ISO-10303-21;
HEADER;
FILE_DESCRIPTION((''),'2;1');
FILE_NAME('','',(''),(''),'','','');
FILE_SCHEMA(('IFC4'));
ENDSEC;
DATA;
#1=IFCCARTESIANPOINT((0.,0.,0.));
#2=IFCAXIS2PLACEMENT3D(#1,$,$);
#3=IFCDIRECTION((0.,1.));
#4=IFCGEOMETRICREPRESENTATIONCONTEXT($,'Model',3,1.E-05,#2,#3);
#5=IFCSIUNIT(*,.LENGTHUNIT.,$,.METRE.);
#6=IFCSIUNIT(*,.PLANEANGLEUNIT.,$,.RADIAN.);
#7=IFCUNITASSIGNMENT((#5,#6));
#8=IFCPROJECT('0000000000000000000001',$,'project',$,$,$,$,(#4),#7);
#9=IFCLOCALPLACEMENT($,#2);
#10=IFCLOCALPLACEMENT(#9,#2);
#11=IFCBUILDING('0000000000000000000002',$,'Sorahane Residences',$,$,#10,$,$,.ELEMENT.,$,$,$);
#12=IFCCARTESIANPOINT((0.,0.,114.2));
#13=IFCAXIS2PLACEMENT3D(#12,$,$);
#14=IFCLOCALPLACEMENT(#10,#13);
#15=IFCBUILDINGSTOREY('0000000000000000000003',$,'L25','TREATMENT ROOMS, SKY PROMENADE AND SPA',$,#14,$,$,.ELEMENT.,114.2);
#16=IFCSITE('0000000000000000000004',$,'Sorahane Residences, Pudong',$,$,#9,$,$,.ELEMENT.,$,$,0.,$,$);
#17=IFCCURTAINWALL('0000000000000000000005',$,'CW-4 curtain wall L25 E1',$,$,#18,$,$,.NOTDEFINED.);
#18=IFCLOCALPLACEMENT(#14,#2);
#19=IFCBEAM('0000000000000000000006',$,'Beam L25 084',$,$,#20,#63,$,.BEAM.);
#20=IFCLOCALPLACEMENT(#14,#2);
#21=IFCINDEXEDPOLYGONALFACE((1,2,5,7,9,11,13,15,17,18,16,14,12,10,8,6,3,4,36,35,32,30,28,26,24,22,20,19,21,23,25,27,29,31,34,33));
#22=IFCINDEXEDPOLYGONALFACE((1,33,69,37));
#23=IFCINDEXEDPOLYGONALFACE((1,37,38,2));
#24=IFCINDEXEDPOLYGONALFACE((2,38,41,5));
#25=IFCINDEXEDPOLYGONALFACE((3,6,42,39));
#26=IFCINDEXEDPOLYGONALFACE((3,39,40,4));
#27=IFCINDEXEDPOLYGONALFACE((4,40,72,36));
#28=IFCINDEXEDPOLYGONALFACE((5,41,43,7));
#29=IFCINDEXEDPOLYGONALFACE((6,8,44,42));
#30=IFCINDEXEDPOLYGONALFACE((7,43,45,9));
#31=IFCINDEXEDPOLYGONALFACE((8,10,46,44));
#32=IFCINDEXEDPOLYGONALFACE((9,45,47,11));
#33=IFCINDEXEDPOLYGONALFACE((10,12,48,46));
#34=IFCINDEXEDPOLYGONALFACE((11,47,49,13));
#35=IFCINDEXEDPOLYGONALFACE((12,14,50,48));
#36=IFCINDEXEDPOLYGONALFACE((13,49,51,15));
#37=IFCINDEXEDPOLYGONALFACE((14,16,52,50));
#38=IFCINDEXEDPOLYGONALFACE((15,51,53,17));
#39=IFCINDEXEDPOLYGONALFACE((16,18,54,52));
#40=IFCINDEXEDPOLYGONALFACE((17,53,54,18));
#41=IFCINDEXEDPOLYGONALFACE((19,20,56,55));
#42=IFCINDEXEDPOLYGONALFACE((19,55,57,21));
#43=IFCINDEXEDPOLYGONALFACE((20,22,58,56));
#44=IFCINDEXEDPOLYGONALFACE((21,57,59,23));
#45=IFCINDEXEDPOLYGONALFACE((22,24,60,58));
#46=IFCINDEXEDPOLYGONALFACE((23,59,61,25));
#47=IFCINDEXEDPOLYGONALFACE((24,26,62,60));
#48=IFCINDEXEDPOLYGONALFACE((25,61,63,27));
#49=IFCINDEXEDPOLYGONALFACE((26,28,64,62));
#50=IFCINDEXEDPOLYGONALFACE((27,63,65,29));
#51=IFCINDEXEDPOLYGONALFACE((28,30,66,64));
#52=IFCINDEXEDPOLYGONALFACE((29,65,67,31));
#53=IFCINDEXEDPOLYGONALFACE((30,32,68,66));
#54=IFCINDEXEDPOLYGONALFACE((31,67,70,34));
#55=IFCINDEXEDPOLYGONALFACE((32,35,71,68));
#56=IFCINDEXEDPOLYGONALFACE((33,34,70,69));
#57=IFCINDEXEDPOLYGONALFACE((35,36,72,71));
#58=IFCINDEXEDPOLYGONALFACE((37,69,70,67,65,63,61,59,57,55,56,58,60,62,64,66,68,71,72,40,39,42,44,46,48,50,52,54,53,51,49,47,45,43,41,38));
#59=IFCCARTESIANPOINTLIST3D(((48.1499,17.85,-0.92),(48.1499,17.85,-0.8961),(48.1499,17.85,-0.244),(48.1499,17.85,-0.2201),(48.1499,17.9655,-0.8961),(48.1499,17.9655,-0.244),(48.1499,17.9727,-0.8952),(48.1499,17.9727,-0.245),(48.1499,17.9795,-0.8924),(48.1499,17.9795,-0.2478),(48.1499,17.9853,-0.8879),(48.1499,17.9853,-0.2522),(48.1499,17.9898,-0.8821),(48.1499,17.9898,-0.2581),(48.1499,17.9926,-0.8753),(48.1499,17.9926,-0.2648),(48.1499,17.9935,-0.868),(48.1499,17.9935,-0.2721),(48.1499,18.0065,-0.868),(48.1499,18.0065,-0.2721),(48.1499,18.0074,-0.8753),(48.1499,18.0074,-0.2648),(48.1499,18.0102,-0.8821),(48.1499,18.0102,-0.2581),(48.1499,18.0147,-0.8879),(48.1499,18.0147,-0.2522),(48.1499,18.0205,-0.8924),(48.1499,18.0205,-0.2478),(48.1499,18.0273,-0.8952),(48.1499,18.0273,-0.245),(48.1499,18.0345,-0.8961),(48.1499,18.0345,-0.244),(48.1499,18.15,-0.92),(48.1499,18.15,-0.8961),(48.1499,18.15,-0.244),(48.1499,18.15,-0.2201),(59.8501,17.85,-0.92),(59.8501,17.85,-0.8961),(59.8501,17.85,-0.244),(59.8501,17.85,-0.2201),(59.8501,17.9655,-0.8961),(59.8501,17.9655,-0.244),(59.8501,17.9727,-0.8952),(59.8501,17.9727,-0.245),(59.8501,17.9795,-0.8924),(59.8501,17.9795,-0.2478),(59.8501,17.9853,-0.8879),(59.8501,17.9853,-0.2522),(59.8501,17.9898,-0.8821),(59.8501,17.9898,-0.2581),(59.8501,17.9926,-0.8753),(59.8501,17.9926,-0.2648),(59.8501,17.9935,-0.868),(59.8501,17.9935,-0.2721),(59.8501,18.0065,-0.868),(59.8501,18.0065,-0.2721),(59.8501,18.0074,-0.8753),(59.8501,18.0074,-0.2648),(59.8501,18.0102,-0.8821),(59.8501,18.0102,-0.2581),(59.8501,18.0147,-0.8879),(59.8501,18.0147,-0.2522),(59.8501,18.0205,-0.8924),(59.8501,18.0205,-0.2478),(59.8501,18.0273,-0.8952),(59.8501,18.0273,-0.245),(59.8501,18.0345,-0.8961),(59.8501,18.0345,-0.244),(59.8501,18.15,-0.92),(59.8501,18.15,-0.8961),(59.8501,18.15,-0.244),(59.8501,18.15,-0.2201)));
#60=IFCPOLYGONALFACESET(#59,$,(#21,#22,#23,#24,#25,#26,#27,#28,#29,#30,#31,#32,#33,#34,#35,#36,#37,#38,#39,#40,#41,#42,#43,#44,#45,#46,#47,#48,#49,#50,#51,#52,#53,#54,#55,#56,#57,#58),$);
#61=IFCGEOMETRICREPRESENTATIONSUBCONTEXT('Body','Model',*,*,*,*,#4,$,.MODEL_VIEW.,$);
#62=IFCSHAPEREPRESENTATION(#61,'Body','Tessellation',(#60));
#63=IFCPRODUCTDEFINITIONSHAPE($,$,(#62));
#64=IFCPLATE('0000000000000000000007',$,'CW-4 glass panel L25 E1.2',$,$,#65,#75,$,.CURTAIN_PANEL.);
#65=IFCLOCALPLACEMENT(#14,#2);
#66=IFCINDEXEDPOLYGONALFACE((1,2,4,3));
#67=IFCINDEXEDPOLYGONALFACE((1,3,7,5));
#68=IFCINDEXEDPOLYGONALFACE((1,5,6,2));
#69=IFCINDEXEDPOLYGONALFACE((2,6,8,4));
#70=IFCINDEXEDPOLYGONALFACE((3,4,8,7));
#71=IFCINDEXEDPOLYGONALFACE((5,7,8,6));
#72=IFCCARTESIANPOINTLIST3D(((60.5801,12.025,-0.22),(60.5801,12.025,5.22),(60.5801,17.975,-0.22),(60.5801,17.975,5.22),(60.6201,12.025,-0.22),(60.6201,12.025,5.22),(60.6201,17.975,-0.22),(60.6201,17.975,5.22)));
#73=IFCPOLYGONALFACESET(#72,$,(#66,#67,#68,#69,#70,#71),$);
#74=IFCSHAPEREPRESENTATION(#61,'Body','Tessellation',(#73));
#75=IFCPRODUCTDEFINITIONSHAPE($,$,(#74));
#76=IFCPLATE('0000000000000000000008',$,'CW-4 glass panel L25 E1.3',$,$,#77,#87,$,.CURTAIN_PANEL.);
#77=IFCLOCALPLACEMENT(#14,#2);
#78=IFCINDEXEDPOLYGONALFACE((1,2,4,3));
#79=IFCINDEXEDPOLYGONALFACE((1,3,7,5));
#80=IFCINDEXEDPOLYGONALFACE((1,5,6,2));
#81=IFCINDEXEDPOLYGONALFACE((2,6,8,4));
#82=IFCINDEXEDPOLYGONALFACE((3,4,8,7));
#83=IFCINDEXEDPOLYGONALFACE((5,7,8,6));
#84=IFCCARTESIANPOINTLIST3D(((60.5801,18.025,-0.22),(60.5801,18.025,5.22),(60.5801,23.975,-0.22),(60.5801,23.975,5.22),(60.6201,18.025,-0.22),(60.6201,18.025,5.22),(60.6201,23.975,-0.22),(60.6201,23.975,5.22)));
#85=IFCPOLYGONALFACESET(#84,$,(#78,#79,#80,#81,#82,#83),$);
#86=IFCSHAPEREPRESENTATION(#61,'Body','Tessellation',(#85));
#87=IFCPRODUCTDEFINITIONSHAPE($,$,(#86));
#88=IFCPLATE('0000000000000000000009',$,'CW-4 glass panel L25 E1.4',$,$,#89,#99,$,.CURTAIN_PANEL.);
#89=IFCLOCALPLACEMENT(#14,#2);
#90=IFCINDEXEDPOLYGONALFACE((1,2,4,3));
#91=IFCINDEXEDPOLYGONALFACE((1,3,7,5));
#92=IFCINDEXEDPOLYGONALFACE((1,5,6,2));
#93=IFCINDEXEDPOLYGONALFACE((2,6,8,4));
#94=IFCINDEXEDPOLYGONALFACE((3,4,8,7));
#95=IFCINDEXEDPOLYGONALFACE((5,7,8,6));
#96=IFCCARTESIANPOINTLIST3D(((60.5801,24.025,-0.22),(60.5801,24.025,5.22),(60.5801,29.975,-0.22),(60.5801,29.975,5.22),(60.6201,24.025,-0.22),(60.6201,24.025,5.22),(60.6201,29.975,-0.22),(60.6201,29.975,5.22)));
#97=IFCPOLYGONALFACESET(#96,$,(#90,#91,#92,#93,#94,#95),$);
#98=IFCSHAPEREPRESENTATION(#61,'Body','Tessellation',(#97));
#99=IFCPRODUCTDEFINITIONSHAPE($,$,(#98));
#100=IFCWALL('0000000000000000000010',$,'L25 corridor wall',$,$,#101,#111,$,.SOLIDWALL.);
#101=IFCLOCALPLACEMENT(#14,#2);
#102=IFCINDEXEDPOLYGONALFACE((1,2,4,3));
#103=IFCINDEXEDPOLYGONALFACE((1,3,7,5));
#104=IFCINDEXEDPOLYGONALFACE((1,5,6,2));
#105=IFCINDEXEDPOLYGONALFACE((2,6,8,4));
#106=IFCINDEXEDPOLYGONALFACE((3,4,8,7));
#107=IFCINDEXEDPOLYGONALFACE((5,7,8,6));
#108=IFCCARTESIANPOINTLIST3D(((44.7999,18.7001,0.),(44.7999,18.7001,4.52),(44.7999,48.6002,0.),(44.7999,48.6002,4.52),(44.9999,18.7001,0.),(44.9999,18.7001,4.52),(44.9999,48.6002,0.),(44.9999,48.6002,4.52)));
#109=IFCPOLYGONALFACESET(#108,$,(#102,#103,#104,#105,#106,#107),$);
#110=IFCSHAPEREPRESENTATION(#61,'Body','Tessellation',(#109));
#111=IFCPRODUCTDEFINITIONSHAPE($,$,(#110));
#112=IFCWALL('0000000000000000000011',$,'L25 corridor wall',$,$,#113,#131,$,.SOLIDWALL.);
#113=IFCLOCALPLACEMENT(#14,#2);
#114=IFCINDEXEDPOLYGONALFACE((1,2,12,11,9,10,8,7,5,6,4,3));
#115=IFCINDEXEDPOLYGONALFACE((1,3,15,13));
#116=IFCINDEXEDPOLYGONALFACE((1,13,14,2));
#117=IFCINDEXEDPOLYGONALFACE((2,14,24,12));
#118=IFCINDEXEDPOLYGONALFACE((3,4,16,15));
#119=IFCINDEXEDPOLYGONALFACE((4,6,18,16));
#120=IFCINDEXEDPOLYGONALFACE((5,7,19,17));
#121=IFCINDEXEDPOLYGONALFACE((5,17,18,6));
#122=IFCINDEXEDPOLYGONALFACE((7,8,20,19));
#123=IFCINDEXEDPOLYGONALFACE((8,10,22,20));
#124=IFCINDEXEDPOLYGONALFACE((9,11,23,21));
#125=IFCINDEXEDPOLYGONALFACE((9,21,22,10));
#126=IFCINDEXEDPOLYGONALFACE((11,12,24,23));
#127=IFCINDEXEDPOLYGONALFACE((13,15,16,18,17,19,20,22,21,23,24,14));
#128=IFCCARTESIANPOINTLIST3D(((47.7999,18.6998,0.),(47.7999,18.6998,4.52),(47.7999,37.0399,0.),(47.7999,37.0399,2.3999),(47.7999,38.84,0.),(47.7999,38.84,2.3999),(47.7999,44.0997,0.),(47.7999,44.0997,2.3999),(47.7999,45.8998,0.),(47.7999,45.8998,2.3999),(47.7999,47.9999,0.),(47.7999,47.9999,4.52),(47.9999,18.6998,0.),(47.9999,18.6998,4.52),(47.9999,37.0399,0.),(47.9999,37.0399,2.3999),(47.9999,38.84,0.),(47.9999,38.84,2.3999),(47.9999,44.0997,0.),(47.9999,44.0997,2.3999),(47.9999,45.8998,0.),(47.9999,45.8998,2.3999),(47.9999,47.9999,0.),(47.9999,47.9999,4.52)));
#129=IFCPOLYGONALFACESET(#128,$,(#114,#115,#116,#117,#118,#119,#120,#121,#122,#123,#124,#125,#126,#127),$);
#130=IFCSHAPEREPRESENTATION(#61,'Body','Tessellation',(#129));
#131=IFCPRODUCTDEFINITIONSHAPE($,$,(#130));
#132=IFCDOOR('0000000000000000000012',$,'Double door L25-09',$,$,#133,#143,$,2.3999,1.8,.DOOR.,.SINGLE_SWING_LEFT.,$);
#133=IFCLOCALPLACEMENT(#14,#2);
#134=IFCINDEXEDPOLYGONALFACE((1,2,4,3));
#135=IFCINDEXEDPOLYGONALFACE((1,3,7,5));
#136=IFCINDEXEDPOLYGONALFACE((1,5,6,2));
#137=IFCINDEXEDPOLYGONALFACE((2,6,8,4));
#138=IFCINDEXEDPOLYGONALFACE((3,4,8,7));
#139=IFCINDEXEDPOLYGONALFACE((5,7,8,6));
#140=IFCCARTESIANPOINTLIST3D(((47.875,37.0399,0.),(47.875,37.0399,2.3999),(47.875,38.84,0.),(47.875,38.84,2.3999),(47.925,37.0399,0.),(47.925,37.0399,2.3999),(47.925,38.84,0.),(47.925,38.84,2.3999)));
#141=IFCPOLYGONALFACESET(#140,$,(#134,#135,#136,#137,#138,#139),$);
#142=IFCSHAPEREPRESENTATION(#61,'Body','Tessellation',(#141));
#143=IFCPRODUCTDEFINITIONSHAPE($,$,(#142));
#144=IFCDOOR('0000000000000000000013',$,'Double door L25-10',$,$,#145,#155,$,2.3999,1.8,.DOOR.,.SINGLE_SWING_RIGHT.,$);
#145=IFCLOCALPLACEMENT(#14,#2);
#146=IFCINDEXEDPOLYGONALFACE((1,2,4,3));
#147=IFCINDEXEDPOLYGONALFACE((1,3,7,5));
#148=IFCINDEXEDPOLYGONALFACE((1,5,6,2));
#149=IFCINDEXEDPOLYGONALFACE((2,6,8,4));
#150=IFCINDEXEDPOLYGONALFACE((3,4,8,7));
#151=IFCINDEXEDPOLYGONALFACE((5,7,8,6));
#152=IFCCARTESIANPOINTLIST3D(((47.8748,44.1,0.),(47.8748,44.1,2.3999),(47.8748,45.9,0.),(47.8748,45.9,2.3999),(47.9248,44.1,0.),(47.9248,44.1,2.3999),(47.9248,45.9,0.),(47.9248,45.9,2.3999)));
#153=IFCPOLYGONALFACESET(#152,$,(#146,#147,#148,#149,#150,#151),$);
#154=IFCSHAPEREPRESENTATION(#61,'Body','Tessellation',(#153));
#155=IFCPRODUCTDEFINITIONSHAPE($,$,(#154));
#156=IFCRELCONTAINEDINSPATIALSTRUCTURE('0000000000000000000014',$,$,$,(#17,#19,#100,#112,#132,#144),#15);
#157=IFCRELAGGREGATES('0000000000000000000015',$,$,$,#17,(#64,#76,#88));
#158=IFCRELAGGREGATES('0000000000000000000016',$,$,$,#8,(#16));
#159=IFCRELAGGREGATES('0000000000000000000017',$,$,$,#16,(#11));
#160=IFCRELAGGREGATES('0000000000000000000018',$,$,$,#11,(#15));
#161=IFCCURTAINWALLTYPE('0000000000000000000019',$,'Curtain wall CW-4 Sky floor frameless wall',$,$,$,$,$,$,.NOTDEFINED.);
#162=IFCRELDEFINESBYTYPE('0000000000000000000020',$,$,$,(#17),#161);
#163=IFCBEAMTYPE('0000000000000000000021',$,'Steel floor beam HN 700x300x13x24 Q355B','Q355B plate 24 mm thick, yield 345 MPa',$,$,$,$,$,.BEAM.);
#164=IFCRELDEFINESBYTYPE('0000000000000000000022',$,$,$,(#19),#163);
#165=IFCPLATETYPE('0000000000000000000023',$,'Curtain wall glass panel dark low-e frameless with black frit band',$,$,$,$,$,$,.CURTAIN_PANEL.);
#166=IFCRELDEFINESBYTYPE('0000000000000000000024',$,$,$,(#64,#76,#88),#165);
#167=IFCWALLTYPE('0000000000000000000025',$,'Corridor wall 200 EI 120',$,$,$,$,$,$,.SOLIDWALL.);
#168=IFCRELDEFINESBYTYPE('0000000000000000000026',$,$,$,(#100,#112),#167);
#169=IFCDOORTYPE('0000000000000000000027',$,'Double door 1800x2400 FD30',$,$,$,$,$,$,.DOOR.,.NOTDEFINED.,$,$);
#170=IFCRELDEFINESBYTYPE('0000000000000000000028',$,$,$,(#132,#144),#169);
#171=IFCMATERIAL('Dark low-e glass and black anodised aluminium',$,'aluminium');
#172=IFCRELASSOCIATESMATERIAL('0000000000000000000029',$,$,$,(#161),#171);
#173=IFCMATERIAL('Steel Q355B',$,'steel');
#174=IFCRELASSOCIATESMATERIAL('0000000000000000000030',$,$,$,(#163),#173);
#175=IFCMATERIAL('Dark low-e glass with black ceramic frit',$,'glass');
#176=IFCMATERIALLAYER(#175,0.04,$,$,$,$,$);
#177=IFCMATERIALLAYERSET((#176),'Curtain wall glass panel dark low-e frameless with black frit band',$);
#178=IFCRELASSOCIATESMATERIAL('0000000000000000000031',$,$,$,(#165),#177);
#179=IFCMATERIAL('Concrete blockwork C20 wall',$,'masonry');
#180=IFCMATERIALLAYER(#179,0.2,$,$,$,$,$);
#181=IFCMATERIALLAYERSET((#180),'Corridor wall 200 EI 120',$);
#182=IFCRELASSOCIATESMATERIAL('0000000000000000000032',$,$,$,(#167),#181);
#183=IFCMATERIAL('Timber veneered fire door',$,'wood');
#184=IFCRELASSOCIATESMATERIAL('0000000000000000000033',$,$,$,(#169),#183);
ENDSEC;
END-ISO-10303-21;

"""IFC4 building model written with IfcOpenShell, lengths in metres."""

from ifc_helpers import new_model, si_unit, direction, frame, frame_2d, origin, origin_2d, place, context, subcontext, project, spatial, rectangle, i_section, extrude, material, layer, layer_set, material_profile, profile_set, type_object, element, fill, aggregate, save


model = new_model("IFC4")

# Units and contexts
model_context = context("Model", 3, precision=1e-05, world=origin(), true_north=direction((0.0, 1.0)))
body_context = subcontext(model_context, "Body", "Model", "MODEL_VIEW")
ifc_project = project(units=[si_unit("LENGTHUNIT", "METRE"), si_unit("PLANEANGLEUNIT", "RADIAN")], contexts=[model_context])

# Site, building, storey
site_placement = place(None, origin())
site = spatial("IfcSite", under=ifc_project, at=site_placement, Name="Sorahane Residences, Pudong", CompositionType="ELEMENT", RefElevation=0.0)
building_placement = place(site_placement, origin())
building = spatial("IfcBuilding", under=site, at=building_placement, Name="Sorahane Residences", CompositionType="ELEMENT")
storey_placement = place(building_placement, frame((0.0, 0.0, 114.2)))
storey = spatial("IfcBuildingStorey", under=building, at=storey_placement, Name="L25", Description="TREATMENT ROOMS, SKY PROMENADE AND SPA", CompositionType="ELEMENT", Elevation=114.2)

# Curtain wall
ifc_material_1 = material(Name="Dark low-e glass and black anodised aluminium", Category="aluminium")
curtain_wall_type = type_object("IfcCurtainWallType", Name="Curtain wall CW-4 Sky floor frameless wall", PredefinedType="NOTDEFINED", material=ifc_material_1)
curtain_wall_placement = place(storey_placement, origin())
curtain_wall = element("IfcCurtainWall", 1, at=curtain_wall_placement, inside=storey, type_object=curtain_wall_type, Name="CW-4 curtain wall L25 E1", PredefinedType="NOTDEFINED")

# Beam
ifc_material_2 = material(Name="Steel Q355B", Category="steel")
ifc_material_profile_1 = material_profile(ifc_material_2, i_section(OverallWidth=0.3, OverallDepth=0.7, WebThickness=0.0129, FlangeThickness=0.0239, FilletRadius=0.0281, at=origin_2d()), Name="HN 700x300x13x24")
ifc_profile_set_1 = profile_set([ifc_material_profile_1], Name="Steel Q355B")
beam_type_1 = type_object("IfcBeamType", Name="Steel floor beam HN 700x300x13x24 Q355B", Description="Q355B plate 24 mm thick, yield 345 MPa", PredefinedType="BEAM", material=ifc_profile_set_1)
beam_1_placement = place(storey_placement, frame((48.1499, 18.0, -0.5701), z_axis=(1.0, 0.0, 0.0), x_axis=(0.0, 1.0, 0.0)))
element("IfcBeam", 2, at=beam_1_placement, inside=storey, type_object=beam_type_1, Name="Beam L25 084", PredefinedType="BEAM", context=body_context, shape_type="SweptSolid", body=[
    extrude(i_section(OverallWidth=0.3, OverallDepth=0.7, WebThickness=0.0129, FlangeThickness=0.0239, FilletRadius=0.0281, at=origin_2d()), origin(), (0.0, 0.0, 1.0), 11.7002),
])

# Plates
ifc_material_3 = material(Name="Dark low-e glass with black ceramic frit", Category="glass")
ifc_layer_1 = layer(ifc_material_3, 0.04)
ifc_layer_set_1 = layer_set([ifc_layer_1], Name="Curtain wall glass panel dark low-e frameless with black frit band")
plate_type = type_object("IfcPlateType", Name="Curtain wall glass panel dark low-e frameless with black frit band", PredefinedType="CURTAIN_PANEL", material=ifc_layer_set_1)
plate_1_placement = place(storey_placement, frame((60.6001, 15.0, -0.22), z_axis=(0.0, 0.0, 1.0), x_axis=(0.0, 1.0, 0.0)))
plate_1 = element("IfcPlate", 3, at=plate_1_placement, type_object=plate_type, Name="CW-4 glass panel L25 E1.2", PredefinedType="CURTAIN_PANEL", context=body_context, shape_type="SweptSolid", body=[
    extrude(rectangle(XDim=5.95, YDim=0.04, at=origin_2d()), origin(), (0.0, 0.0, 1.0), 5.4399),
])
plate_2_placement = place(storey_placement, frame((60.6001, 21.0, -0.22), z_axis=(0.0, 0.0, 1.0), x_axis=(0.0, 1.0, 0.0)))
plate_2 = element("IfcPlate", 4, at=plate_2_placement, type_object=plate_type, Name="CW-4 glass panel L25 E1.3", PredefinedType="CURTAIN_PANEL", context=body_context, shape_type="SweptSolid", body=[
    extrude(rectangle(XDim=5.95, YDim=0.04, at=origin_2d()), origin(), (0.0, 0.0, 1.0), 5.4399),
])
plate_3_placement = place(storey_placement, frame((60.6001, 27.0, -0.22), z_axis=(0.0, 0.0, 1.0), x_axis=(0.0, 1.0, 0.0)))
plate_3 = element("IfcPlate", 5, at=plate_3_placement, type_object=plate_type, Name="CW-4 glass panel L25 E1.4", PredefinedType="CURTAIN_PANEL", context=body_context, shape_type="SweptSolid", body=[
    extrude(rectangle(XDim=5.95, YDim=0.04, at=origin_2d()), origin(), (0.0, 0.0, 1.0), 5.4399),
])
aggregate(curtain_wall, [plate_1, plate_2, plate_3])

# Wall
ifc_material_4 = material(Name="Concrete blockwork C20 wall", Category="masonry")
ifc_layer_2 = layer(ifc_material_4, 0.2)
ifc_layer_set_2 = layer_set([ifc_layer_2], Name="Corridor wall 200 EI 120")
wall_type = type_object("IfcWallType", Name="Corridor wall 200 EI 120", PredefinedType="SOLIDWALL", material=ifc_layer_set_2)
wall_1_placement = place(storey_placement, frame((44.8999, 18.7, 0.0), z_axis=(0.0, 0.0, 1.0), x_axis=(0.0, 1.0, 0.0)))
element("IfcWall", 6, at=wall_1_placement, inside=storey, type_object=wall_type, Name="L25 corridor wall", PredefinedType="SOLIDWALL", context=body_context, shape_type="SweptSolid", body=[
    extrude(rectangle(XDim=29.9001, YDim=0.2, at=frame_2d((14.9502, 0.0))), origin(), (0.0, 0.0, 1.0), 4.52),
])

# Wall, openings, doors
wall_2_placement = place(storey_placement, frame((47.8999, 18.7, 0.0), z_axis=(0.0, 0.0, 1.0), x_axis=(0.0, 1.0, 0.0)))
wall_2 = element("IfcWall", 7, at=wall_2_placement, inside=storey, type_object=wall_type, Name="L25 corridor wall", PredefinedType="SOLIDWALL", context=body_context, shape_type="SweptSolid", body=[
    extrude(rectangle(XDim=29.3, YDim=0.2, at=frame_2d((14.6499, 0.0))), origin(), (0.0, 0.0, 1.0), 4.52),
])
opening_1_placement = place(wall_2_placement, frame((18.3401, 0.0, 0.0)))
opening_1 = element("IfcOpeningElement", 8, at=opening_1_placement, cuts=wall_2, PredefinedType="OPENING", context=body_context, shape_type="SweptSolid", body=[
    extrude(rectangle(XDim=1.8, YDim=2.3999, at=frame_2d((0.8999, 1.2))), frame((0.0, 0.1099, 0.0), z_axis=(0.0, -1.0, 0.0), x_axis=(1.0, 0.0, 0.0)), (0.0, 0.0, 1.0), 0.22),
])
opening_2_placement = place(wall_2_placement, frame((25.3999, 0.0, 0.0)))
opening_2 = element("IfcOpeningElement", 9, at=opening_2_placement, cuts=wall_2, PredefinedType="OPENING", context=body_context, shape_type="SweptSolid", body=[
    extrude(rectangle(XDim=1.8, YDim=2.3999, at=frame_2d((0.8999, 1.2))), frame((0.0, 0.1099, 0.0), z_axis=(0.0, -1.0, 0.0), x_axis=(1.0, 0.0, 0.0)), (0.0, 0.0, 1.0), 0.22),
])
ifc_material_5 = material(Name="Timber veneered fire door", Category="wood")
door_type = type_object("IfcDoorType", Name="Double door 1800x2400 FD30", OperationType="NOTDEFINED", PredefinedType="DOOR", material=ifc_material_5)
door_1_placement = place(opening_1_placement, origin())
door_1 = element("IfcDoor", 10, at=door_1_placement, inside=storey, type_object=door_type, Name="Double door L25-09", OperationType="SINGLE_SWING_LEFT", OverallHeight=2.3999, OverallWidth=1.8, PredefinedType="DOOR", context=body_context, shape_type="SweptSolid", body=[
    extrude(rectangle(XDim=1.8, YDim=2.3999, at=frame_2d((0.8999, 1.2))), frame((0.0, 0.0249, 0.0), z_axis=(0.0, -1.0, 0.0), x_axis=(1.0, 0.0, 0.0)), (0.0, 0.0, 1.0), 0.05),
])
fill(opening_1, door_1)
door_2_placement = place(opening_2_placement, frame((1.8, 0.0, 0.0), z_axis=(0.0, 0.0, 1.0), x_axis=(-1.0, 0.0, 0.0)))
door_2 = element("IfcDoor", 11, at=door_2_placement, inside=storey, type_object=door_type, Name="Double door L25-10", OperationType="SINGLE_SWING_RIGHT", OverallHeight=2.3999, OverallWidth=1.8, PredefinedType="DOOR", context=body_context, shape_type="SweptSolid", body=[
    extrude(rectangle(XDim=1.8, YDim=2.3999, at=frame_2d((0.8999, 1.2))), frame((0.0, 0.0249, 0.0), z_axis=(0.0, -1.0, 0.0), x_axis=(1.0, 0.0, 0.0)), (0.0, 0.0, 1.0), 0.05),
])
fill(opening_2, door_2)

save(model, "model.ifc")
